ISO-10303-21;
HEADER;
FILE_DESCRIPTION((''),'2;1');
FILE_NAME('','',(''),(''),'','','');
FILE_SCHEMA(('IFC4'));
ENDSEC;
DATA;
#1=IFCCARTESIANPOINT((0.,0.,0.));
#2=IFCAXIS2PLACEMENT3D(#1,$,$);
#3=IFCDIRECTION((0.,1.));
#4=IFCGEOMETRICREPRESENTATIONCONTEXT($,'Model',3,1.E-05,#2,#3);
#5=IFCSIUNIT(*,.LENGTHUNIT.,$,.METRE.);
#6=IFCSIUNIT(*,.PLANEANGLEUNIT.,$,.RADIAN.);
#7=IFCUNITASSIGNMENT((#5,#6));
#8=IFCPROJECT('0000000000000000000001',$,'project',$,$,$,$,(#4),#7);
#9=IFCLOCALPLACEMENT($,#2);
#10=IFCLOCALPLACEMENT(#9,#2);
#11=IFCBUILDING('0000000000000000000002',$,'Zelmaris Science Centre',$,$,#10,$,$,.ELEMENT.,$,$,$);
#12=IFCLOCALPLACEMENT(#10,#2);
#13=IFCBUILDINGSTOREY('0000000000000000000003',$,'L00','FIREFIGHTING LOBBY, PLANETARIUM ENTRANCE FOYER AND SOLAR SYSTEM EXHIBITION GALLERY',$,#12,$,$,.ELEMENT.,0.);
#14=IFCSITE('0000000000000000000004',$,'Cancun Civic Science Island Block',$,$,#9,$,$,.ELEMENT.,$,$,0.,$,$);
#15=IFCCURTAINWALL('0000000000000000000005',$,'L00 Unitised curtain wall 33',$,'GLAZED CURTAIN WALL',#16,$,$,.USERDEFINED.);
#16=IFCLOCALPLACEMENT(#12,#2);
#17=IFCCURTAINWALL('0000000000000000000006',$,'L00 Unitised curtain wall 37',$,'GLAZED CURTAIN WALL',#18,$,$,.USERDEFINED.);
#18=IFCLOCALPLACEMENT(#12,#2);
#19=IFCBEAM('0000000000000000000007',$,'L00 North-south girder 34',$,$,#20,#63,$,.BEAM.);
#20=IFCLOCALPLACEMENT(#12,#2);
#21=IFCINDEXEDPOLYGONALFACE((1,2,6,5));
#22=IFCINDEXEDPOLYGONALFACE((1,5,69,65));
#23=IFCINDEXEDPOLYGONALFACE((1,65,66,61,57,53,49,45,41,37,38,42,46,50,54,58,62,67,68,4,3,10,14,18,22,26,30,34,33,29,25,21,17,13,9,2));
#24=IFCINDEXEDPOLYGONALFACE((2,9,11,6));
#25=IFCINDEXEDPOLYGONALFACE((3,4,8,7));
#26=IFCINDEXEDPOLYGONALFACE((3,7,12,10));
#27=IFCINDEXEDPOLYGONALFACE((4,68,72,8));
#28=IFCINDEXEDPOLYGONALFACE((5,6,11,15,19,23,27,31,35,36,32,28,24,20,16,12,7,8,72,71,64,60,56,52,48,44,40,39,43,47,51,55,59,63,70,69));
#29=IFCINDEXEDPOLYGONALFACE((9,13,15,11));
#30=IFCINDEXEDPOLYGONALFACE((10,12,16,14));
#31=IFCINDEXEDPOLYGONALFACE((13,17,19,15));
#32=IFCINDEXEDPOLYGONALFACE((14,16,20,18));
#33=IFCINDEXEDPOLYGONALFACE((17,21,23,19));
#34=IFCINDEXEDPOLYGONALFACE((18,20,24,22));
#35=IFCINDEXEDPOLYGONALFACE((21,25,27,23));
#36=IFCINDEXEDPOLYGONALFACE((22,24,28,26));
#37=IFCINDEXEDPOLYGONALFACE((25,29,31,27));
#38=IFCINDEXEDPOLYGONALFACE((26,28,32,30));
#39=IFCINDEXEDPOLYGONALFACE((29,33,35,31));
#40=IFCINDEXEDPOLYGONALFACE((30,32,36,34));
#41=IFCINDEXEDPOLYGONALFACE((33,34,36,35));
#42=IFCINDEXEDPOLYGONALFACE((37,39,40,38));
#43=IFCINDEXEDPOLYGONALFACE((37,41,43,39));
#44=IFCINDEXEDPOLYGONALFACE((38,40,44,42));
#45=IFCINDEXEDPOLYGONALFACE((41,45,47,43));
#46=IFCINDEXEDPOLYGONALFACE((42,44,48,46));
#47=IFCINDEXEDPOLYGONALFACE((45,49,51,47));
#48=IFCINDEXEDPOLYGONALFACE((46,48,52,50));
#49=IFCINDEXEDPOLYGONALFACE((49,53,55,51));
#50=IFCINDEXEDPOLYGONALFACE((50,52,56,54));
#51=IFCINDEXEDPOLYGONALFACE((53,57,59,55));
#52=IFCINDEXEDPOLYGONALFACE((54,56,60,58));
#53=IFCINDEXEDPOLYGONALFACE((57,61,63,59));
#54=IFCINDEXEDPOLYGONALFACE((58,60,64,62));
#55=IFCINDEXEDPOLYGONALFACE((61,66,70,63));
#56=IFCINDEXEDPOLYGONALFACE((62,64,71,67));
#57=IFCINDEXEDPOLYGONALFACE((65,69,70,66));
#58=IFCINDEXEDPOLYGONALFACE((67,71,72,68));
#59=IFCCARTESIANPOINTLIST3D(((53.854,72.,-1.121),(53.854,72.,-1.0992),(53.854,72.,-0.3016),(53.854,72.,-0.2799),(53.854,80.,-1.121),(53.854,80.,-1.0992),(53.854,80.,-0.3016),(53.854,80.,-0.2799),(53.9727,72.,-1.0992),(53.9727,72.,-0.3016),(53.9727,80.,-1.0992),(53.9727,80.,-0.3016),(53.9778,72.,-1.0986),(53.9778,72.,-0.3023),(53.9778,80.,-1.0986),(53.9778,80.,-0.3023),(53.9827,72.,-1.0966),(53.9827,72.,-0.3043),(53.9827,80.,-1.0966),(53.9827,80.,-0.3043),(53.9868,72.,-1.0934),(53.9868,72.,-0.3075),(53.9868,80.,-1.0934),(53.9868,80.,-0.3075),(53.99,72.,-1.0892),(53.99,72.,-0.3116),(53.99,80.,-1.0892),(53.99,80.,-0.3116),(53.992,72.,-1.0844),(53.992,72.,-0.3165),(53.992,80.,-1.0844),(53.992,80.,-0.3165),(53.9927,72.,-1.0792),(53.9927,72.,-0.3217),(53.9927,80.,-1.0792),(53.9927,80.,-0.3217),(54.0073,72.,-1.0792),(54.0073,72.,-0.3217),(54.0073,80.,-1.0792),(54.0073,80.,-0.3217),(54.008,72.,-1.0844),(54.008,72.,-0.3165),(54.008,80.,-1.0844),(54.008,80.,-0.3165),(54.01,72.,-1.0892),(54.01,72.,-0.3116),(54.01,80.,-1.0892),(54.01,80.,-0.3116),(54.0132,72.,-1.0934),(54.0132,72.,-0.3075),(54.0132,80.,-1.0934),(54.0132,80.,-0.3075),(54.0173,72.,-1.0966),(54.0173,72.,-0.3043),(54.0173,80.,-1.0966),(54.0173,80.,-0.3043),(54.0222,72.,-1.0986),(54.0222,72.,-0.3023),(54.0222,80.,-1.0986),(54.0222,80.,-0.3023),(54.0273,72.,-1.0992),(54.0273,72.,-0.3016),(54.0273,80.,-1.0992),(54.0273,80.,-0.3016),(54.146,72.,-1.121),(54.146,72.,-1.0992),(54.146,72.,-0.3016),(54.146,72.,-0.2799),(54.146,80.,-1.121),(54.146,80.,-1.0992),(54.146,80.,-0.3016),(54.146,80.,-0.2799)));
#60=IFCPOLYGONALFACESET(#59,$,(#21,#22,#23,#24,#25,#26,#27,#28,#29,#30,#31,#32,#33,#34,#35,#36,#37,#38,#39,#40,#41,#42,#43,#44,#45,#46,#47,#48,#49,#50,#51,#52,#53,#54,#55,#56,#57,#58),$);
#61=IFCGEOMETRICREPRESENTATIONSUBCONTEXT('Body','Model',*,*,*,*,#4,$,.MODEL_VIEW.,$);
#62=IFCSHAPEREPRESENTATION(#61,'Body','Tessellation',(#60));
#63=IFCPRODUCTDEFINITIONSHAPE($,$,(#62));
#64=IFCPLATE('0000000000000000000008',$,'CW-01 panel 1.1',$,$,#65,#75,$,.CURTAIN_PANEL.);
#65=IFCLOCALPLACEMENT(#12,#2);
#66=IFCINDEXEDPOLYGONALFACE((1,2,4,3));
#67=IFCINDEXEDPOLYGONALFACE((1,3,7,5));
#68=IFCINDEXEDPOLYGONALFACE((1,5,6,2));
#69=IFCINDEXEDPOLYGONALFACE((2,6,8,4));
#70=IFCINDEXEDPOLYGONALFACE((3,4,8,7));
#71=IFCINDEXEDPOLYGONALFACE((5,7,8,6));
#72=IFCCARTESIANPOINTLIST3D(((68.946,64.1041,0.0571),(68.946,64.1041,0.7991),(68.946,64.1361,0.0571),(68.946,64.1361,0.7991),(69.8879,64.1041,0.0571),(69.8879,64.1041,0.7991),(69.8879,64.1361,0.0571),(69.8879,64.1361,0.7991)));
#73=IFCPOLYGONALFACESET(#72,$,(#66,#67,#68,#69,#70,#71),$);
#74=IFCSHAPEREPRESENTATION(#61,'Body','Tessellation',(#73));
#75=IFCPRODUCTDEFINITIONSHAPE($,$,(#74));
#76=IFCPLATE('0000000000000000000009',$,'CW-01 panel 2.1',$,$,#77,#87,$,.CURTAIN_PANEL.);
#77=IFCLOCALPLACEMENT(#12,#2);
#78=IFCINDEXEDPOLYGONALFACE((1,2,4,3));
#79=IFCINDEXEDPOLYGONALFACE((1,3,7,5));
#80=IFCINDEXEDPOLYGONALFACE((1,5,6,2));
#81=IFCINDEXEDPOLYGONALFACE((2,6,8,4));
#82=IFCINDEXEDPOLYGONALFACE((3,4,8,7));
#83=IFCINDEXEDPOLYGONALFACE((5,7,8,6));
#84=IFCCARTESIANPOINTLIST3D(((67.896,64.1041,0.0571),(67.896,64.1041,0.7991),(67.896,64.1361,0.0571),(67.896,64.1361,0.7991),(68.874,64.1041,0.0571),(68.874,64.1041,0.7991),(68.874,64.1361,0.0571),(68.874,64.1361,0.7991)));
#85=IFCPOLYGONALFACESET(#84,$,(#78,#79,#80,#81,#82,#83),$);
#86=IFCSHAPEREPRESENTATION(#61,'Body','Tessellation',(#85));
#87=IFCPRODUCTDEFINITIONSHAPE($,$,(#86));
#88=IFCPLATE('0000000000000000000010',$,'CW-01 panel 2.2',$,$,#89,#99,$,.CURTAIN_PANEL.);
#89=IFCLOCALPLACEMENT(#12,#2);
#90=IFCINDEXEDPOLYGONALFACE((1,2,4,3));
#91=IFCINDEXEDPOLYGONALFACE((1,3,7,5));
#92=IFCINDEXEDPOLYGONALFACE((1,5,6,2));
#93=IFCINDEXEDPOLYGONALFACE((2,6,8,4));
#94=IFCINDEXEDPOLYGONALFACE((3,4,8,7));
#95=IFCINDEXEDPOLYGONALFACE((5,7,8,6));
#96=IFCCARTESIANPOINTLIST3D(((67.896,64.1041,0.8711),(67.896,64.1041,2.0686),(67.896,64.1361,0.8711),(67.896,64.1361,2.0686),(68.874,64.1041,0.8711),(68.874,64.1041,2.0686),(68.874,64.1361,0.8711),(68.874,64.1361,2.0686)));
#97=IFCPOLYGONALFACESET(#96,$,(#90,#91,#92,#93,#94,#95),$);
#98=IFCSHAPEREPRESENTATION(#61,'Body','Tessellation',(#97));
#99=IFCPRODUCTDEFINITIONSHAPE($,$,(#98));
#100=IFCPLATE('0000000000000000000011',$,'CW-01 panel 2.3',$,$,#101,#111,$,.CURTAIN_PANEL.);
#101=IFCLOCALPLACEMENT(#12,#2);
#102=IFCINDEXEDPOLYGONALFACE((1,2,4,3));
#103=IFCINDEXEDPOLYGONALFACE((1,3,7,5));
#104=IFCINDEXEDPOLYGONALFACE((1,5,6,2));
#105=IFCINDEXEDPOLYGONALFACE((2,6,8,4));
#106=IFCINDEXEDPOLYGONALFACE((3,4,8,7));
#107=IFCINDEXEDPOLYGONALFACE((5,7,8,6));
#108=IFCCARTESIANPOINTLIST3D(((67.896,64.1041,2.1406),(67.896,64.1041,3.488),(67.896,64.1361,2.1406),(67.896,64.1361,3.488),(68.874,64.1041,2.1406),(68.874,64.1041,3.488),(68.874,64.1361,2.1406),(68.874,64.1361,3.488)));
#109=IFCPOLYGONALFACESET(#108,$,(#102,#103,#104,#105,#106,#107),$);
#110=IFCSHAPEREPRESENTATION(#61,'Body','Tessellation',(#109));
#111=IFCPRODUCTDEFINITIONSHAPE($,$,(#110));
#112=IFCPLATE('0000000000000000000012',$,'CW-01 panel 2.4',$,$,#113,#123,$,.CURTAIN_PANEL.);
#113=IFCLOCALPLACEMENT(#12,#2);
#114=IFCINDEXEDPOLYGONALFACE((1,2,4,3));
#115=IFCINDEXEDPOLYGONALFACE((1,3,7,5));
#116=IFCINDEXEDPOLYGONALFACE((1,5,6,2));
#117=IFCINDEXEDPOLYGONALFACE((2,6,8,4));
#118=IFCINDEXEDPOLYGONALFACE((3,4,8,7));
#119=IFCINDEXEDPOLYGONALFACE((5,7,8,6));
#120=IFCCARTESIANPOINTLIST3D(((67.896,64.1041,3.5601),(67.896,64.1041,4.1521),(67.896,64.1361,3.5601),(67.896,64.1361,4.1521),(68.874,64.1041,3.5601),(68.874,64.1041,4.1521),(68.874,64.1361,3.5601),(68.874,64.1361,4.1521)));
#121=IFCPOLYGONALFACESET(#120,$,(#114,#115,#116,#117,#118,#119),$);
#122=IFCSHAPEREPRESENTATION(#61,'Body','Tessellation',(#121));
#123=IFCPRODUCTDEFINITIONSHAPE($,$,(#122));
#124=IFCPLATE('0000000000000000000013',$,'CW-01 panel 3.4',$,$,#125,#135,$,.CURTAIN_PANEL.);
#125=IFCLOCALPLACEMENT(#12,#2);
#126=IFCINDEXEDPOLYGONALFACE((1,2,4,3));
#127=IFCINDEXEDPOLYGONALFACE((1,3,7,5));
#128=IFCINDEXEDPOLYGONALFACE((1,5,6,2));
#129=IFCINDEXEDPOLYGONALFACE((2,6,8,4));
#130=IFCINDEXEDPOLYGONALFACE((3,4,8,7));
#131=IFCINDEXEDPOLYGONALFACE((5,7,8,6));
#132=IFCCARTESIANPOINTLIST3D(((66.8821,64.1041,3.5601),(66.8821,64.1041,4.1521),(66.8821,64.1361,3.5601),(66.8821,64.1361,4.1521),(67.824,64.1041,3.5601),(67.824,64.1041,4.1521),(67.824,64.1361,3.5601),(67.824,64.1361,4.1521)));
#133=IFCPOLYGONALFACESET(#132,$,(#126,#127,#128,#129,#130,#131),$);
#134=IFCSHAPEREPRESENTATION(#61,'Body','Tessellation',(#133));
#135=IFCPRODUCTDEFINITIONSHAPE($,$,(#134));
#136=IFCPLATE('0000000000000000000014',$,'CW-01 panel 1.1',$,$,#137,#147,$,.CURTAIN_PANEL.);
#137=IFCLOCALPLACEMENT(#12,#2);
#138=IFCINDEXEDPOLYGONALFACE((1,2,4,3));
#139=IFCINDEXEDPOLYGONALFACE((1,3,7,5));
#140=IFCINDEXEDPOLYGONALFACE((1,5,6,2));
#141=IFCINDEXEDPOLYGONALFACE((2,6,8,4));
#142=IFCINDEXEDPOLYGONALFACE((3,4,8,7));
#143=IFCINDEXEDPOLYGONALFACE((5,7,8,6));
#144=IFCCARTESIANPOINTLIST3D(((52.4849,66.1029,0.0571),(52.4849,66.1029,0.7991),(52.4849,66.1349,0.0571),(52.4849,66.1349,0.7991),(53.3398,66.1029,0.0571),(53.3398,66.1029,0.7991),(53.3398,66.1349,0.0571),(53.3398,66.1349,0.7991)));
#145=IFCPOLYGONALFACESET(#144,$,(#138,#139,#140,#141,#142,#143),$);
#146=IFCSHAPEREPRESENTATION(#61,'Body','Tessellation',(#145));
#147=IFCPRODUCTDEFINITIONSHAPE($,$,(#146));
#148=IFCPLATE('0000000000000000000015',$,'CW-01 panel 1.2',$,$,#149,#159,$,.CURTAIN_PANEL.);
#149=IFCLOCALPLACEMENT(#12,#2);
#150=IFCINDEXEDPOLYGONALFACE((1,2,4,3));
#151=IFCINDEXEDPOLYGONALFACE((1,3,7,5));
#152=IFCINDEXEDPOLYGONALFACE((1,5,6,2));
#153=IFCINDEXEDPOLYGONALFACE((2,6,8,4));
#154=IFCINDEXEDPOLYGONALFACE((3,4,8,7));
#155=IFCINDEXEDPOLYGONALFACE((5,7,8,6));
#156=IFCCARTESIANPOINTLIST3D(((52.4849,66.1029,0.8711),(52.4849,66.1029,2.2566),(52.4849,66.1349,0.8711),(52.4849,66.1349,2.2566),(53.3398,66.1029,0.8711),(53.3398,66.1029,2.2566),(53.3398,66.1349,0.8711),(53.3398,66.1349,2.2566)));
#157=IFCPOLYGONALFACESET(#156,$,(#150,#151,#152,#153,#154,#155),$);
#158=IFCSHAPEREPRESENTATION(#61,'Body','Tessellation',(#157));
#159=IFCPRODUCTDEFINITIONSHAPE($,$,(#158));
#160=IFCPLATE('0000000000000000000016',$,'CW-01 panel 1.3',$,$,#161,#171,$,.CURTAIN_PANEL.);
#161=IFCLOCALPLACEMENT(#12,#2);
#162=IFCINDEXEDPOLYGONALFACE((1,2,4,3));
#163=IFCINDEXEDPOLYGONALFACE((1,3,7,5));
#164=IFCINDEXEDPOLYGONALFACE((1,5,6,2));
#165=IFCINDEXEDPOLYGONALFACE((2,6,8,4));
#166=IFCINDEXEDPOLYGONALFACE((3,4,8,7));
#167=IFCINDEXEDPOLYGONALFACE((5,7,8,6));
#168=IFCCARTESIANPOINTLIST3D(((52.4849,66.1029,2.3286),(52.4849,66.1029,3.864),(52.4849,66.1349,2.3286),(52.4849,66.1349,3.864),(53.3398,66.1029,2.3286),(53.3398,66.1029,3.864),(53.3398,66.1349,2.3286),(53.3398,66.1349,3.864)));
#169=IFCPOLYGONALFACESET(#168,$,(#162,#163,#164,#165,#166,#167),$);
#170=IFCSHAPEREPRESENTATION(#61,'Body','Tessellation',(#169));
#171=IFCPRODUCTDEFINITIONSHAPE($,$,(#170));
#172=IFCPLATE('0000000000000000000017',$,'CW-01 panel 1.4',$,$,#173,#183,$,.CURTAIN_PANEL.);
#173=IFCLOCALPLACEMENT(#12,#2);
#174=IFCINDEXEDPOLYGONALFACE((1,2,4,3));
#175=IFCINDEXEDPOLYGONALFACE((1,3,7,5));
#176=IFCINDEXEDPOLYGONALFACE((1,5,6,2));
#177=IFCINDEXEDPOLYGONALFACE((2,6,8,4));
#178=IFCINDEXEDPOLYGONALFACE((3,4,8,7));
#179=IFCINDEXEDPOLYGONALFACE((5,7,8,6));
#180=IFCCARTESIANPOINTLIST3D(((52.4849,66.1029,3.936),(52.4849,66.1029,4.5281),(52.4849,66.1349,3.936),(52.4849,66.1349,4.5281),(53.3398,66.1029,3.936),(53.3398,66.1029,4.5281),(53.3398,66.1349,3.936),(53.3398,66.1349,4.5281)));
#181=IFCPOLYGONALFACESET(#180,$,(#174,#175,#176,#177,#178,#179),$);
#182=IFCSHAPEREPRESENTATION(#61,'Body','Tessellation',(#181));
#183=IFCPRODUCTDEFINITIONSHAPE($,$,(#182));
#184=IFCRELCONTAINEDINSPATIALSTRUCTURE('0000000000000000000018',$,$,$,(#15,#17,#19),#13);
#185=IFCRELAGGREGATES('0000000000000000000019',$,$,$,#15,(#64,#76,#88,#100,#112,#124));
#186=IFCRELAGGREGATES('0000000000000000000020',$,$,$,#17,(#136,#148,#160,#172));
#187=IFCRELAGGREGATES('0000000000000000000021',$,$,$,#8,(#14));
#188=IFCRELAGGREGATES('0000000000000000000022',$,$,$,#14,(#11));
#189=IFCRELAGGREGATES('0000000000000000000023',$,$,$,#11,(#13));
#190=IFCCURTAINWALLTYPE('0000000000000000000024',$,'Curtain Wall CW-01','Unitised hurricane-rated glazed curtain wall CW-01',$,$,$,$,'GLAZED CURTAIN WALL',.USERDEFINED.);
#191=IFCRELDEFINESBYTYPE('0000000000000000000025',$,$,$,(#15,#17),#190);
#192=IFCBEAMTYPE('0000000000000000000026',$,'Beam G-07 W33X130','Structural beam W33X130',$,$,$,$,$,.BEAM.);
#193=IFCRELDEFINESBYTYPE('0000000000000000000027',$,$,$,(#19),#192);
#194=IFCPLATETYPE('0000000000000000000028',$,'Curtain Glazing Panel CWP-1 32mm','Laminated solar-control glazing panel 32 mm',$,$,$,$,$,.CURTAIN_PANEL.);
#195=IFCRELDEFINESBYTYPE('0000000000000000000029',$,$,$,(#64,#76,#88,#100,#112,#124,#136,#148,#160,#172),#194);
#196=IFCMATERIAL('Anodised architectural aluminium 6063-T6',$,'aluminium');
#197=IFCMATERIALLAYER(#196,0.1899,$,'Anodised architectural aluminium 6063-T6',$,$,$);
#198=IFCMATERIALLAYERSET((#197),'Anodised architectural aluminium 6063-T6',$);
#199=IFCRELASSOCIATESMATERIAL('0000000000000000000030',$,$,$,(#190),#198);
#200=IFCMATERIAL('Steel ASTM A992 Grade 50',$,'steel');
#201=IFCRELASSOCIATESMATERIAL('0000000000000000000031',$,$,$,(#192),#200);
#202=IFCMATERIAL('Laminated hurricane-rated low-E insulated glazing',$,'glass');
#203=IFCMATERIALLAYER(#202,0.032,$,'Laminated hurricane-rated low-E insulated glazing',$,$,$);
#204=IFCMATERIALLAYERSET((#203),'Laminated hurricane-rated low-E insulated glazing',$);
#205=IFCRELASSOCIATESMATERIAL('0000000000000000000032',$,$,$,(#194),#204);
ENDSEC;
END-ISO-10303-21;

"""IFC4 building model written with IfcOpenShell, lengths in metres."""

from ifc_helpers import new_model, si_unit, direction, frame, origin, origin_2d, place, context, subcontext, project, spatial, rectangle, i_section, extrude, material, layer, layer_set, material_profile, profile_set, type_object, element, aggregate, save


model = new_model("IFC4")

# Units and contexts
model_context = context("Model", 3, precision=1e-05, world=origin(), true_north=direction((0.0, 1.0)))
body_context = subcontext(model_context, "Body", "Model", "MODEL_VIEW")
ifc_project = project(units=[si_unit("LENGTHUNIT", "METRE"), si_unit("PLANEANGLEUNIT", "RADIAN")], contexts=[model_context])

# Site, building, storey
site_placement = place(None, origin())
site = spatial("IfcSite", under=ifc_project, at=site_placement, Name="Cancun Civic Science Island Block", CompositionType="ELEMENT", RefElevation=0.0)
building_placement = place(site_placement, origin())
building = spatial("IfcBuilding", under=site, at=building_placement, Name="Zelmaris Science Centre", CompositionType="ELEMENT")
storey_placement = place(building_placement, origin())
storey = spatial("IfcBuildingStorey", under=building, at=storey_placement, Name="L00", Description="FIREFIGHTING LOBBY, PLANETARIUM ENTRANCE FOYER AND SOLAR SYSTEM EXHIBITION GALLERY", CompositionType="ELEMENT", Elevation=0.0)

# Shared definitions
ifc_material_1 = material(Name="Steel ASTM A992 Grade 50", Category="steel")

# Curtain walls
ifc_material_2 = material(Name="Anodised architectural aluminium 6063-T6", Category="aluminium")
ifc_layer_1 = layer(ifc_material_2, 0.1899, Name="Anodised architectural aluminium 6063-T6")
ifc_layer_set_1 = layer_set([ifc_layer_1], Name="Anodised architectural aluminium 6063-T6")
curtain_wall_type = type_object("IfcCurtainWallType", Name="Curtain Wall CW-01", Description="Unitised hurricane-rated glazed curtain wall CW-01", ElementType="GLAZED CURTAIN WALL", PredefinedType="USERDEFINED", material=ifc_layer_set_1)
curtain_wall_1_placement = place(storey_placement, origin())
curtain_wall_1 = element("IfcCurtainWall", 1, at=curtain_wall_1_placement, inside=storey, type_object=curtain_wall_type, Name="L00 Unitised curtain wall 33", ObjectType="GLAZED CURTAIN WALL", PredefinedType="USERDEFINED")
curtain_wall_2_placement = place(storey_placement, origin())
curtain_wall_2 = element("IfcCurtainWall", 2, at=curtain_wall_2_placement, inside=storey, type_object=curtain_wall_type, Name="L00 Unitised curtain wall 37", ObjectType="GLAZED CURTAIN WALL", PredefinedType="USERDEFINED")

# Beam
ifc_material_profile_1 = material_profile(ifc_material_1, i_section(OverallWidth=0.292, OverallDepth=0.8411, WebThickness=0.0146, FlangeThickness=0.0217, FilletRadius=0.02, at=origin_2d()), Name="W33X130")
ifc_profile_set_1 = profile_set([ifc_material_profile_1], Name="Steel ASTM A992 Grade 50")
beam_type = type_object("IfcBeamType", Name="Beam G-07 W33X130", Description="Structural beam W33X130", PredefinedType="BEAM", material=ifc_profile_set_1)
beam_placement = place(storey_placement, frame((54.0, 72.0, -0.7004), z_axis=(0.0, 1.0, 0.0), x_axis=(-1.0, 0.0, 0.0)))
element("IfcBeam", 3, at=beam_placement, inside=storey, type_object=beam_type, Name="L00 North-south girder 34", PredefinedType="BEAM", context=body_context, shape_type="SweptSolid", body=[
    extrude(i_section(OverallWidth=0.292, OverallDepth=0.8411, WebThickness=0.0146, FlangeThickness=0.0217, FilletRadius=0.02, at=origin_2d()), origin(), (0.0, 0.0, 1.0), 8.0),
])

# Plates
ifc_material_3 = material(Name="Laminated hurricane-rated low-E insulated glazing", Category="glass")
ifc_layer_2 = layer(ifc_material_3, 0.032, Name="Laminated hurricane-rated low-E insulated glazing")
ifc_layer_set_2 = layer_set([ifc_layer_2], Name="Laminated hurricane-rated low-E insulated glazing")
plate_type = type_object("IfcPlateType", Name="Curtain Glazing Panel CWP-1 32mm", Description="Laminated solar-control glazing panel 32 mm", PredefinedType="CURTAIN_PANEL", material=ifc_layer_set_2)
plate_1_placement = place(storey_placement, frame((69.417, 64.1201, 0.0571), z_axis=(0.0, 0.0, 1.0), x_axis=(-1.0, 0.0, 0.0)))
plate_1 = element("IfcPlate", 4, at=plate_1_placement, type_object=plate_type, Name="CW-01 panel 1.1", PredefinedType="CURTAIN_PANEL", context=body_context, shape_type="SweptSolid", body=[
    extrude(rectangle(XDim=0.9419, YDim=0.032, at=origin_2d()), origin(), (0.0, 0.0, 1.0), 0.7419),
])
plate_2_placement = place(storey_placement, frame((68.385, 64.1201, 0.0571), z_axis=(0.0, 0.0, 1.0), x_axis=(-1.0, 0.0, 0.0)))
plate_2 = element("IfcPlate", 5, at=plate_2_placement, type_object=plate_type, Name="CW-01 panel 2.1", PredefinedType="CURTAIN_PANEL", context=body_context, shape_type="SweptSolid", body=[
    extrude(rectangle(XDim=0.978, YDim=0.032, at=origin_2d()), origin(), (0.0, 0.0, 1.0), 0.7419),
])
plate_3_placement = place(storey_placement, frame((68.385, 64.1201, 0.8711), z_axis=(0.0, 0.0, 1.0), x_axis=(-1.0, 0.0, 0.0)))
plate_3 = element("IfcPlate", 6, at=plate_3_placement, type_object=plate_type, Name="CW-01 panel 2.2", PredefinedType="CURTAIN_PANEL", context=body_context, shape_type="SweptSolid", body=[
    extrude(rectangle(XDim=0.978, YDim=0.032, at=origin_2d()), origin(), (0.0, 0.0, 1.0), 1.1975),
])
plate_4_placement = place(storey_placement, frame((68.385, 64.1201, 2.1406), z_axis=(0.0, 0.0, 1.0), x_axis=(-1.0, 0.0, 0.0)))
plate_4 = element("IfcPlate", 7, at=plate_4_placement, type_object=plate_type, Name="CW-01 panel 2.3", PredefinedType="CURTAIN_PANEL", context=body_context, shape_type="SweptSolid", body=[
    extrude(rectangle(XDim=0.978, YDim=0.032, at=origin_2d()), origin(), (0.0, 0.0, 1.0), 1.3474),
])
plate_5_placement = place(storey_placement, frame((68.385, 64.1201, 3.5601), z_axis=(0.0, 0.0, 1.0), x_axis=(-1.0, 0.0, 0.0)))
plate_5 = element("IfcPlate", 8, at=plate_5_placement, type_object=plate_type, Name="CW-01 panel 2.4", PredefinedType="CURTAIN_PANEL", context=body_context, shape_type="SweptSolid", body=[
    extrude(rectangle(XDim=0.978, YDim=0.032, at=origin_2d()), origin(), (0.0, 0.0, 1.0), 0.592),
])
plate_6_placement = place(storey_placement, frame((67.353, 64.1201, 3.5601), z_axis=(0.0, 0.0, 1.0), x_axis=(-1.0, 0.0, 0.0)))
plate_6 = element("IfcPlate", 9, at=plate_6_placement, type_object=plate_type, Name="CW-01 panel 3.4", PredefinedType="CURTAIN_PANEL", context=body_context, shape_type="SweptSolid", body=[
    extrude(rectangle(XDim=0.9419, YDim=0.032, at=origin_2d()), origin(), (0.0, 0.0, 1.0), 0.592),
])
aggregate(curtain_wall_1, [plate_1, plate_2, plate_3, plate_4, plate_5, plate_6])
plate_7_placement = place(storey_placement, frame((52.9124, 66.1189, 0.0571), z_axis=(0.0, 0.0, 1.0), x_axis=(-1.0, 0.0, 0.0)))
plate_7 = element("IfcPlate", 10, at=plate_7_placement, type_object=plate_type, Name="CW-01 panel 1.1", PredefinedType="CURTAIN_PANEL", context=body_context, shape_type="SweptSolid", body=[
    extrude(rectangle(XDim=0.855, YDim=0.032, at=origin_2d()), origin(), (0.0, 0.0, 1.0), 0.7419),
])
plate_8_placement = place(storey_placement, frame((52.9124, 66.1189, 0.8711), z_axis=(0.0, 0.0, 1.0), x_axis=(-1.0, 0.0, 0.0)))
plate_8 = element("IfcPlate", 11, at=plate_8_placement, type_object=plate_type, Name="CW-01 panel 1.2", PredefinedType="CURTAIN_PANEL", context=body_context, shape_type="SweptSolid", body=[
    extrude(rectangle(XDim=0.855, YDim=0.032, at=origin_2d()), origin(), (0.0, 0.0, 1.0), 1.3855),
])
plate_9_placement = place(storey_placement, frame((52.9124, 66.1189, 2.3286), z_axis=(0.0, 0.0, 1.0), x_axis=(-1.0, 0.0, 0.0)))
plate_9 = element("IfcPlate", 12, at=plate_9_placement, type_object=plate_type, Name="CW-01 panel 1.3", PredefinedType="CURTAIN_PANEL", context=body_context, shape_type="SweptSolid", body=[
    extrude(rectangle(XDim=0.855, YDim=0.032, at=origin_2d()), origin(), (0.0, 0.0, 1.0), 1.5354),
])
plate_10_placement = place(storey_placement, frame((52.9124, 66.1189, 3.936), z_axis=(0.0, 0.0, 1.0), x_axis=(-1.0, 0.0, 0.0)))
plate_10 = element("IfcPlate", 13, at=plate_10_placement, type_object=plate_type, Name="CW-01 panel 1.4", PredefinedType="CURTAIN_PANEL", context=body_context, shape_type="SweptSolid", body=[
    extrude(rectangle(XDim=0.855, YDim=0.032, at=origin_2d()), origin(), (0.0, 0.0, 1.0), 0.592),
])
aggregate(curtain_wall_2, [plate_7, plate_8, plate_9, plate_10])

save(model, "model.ifc")
